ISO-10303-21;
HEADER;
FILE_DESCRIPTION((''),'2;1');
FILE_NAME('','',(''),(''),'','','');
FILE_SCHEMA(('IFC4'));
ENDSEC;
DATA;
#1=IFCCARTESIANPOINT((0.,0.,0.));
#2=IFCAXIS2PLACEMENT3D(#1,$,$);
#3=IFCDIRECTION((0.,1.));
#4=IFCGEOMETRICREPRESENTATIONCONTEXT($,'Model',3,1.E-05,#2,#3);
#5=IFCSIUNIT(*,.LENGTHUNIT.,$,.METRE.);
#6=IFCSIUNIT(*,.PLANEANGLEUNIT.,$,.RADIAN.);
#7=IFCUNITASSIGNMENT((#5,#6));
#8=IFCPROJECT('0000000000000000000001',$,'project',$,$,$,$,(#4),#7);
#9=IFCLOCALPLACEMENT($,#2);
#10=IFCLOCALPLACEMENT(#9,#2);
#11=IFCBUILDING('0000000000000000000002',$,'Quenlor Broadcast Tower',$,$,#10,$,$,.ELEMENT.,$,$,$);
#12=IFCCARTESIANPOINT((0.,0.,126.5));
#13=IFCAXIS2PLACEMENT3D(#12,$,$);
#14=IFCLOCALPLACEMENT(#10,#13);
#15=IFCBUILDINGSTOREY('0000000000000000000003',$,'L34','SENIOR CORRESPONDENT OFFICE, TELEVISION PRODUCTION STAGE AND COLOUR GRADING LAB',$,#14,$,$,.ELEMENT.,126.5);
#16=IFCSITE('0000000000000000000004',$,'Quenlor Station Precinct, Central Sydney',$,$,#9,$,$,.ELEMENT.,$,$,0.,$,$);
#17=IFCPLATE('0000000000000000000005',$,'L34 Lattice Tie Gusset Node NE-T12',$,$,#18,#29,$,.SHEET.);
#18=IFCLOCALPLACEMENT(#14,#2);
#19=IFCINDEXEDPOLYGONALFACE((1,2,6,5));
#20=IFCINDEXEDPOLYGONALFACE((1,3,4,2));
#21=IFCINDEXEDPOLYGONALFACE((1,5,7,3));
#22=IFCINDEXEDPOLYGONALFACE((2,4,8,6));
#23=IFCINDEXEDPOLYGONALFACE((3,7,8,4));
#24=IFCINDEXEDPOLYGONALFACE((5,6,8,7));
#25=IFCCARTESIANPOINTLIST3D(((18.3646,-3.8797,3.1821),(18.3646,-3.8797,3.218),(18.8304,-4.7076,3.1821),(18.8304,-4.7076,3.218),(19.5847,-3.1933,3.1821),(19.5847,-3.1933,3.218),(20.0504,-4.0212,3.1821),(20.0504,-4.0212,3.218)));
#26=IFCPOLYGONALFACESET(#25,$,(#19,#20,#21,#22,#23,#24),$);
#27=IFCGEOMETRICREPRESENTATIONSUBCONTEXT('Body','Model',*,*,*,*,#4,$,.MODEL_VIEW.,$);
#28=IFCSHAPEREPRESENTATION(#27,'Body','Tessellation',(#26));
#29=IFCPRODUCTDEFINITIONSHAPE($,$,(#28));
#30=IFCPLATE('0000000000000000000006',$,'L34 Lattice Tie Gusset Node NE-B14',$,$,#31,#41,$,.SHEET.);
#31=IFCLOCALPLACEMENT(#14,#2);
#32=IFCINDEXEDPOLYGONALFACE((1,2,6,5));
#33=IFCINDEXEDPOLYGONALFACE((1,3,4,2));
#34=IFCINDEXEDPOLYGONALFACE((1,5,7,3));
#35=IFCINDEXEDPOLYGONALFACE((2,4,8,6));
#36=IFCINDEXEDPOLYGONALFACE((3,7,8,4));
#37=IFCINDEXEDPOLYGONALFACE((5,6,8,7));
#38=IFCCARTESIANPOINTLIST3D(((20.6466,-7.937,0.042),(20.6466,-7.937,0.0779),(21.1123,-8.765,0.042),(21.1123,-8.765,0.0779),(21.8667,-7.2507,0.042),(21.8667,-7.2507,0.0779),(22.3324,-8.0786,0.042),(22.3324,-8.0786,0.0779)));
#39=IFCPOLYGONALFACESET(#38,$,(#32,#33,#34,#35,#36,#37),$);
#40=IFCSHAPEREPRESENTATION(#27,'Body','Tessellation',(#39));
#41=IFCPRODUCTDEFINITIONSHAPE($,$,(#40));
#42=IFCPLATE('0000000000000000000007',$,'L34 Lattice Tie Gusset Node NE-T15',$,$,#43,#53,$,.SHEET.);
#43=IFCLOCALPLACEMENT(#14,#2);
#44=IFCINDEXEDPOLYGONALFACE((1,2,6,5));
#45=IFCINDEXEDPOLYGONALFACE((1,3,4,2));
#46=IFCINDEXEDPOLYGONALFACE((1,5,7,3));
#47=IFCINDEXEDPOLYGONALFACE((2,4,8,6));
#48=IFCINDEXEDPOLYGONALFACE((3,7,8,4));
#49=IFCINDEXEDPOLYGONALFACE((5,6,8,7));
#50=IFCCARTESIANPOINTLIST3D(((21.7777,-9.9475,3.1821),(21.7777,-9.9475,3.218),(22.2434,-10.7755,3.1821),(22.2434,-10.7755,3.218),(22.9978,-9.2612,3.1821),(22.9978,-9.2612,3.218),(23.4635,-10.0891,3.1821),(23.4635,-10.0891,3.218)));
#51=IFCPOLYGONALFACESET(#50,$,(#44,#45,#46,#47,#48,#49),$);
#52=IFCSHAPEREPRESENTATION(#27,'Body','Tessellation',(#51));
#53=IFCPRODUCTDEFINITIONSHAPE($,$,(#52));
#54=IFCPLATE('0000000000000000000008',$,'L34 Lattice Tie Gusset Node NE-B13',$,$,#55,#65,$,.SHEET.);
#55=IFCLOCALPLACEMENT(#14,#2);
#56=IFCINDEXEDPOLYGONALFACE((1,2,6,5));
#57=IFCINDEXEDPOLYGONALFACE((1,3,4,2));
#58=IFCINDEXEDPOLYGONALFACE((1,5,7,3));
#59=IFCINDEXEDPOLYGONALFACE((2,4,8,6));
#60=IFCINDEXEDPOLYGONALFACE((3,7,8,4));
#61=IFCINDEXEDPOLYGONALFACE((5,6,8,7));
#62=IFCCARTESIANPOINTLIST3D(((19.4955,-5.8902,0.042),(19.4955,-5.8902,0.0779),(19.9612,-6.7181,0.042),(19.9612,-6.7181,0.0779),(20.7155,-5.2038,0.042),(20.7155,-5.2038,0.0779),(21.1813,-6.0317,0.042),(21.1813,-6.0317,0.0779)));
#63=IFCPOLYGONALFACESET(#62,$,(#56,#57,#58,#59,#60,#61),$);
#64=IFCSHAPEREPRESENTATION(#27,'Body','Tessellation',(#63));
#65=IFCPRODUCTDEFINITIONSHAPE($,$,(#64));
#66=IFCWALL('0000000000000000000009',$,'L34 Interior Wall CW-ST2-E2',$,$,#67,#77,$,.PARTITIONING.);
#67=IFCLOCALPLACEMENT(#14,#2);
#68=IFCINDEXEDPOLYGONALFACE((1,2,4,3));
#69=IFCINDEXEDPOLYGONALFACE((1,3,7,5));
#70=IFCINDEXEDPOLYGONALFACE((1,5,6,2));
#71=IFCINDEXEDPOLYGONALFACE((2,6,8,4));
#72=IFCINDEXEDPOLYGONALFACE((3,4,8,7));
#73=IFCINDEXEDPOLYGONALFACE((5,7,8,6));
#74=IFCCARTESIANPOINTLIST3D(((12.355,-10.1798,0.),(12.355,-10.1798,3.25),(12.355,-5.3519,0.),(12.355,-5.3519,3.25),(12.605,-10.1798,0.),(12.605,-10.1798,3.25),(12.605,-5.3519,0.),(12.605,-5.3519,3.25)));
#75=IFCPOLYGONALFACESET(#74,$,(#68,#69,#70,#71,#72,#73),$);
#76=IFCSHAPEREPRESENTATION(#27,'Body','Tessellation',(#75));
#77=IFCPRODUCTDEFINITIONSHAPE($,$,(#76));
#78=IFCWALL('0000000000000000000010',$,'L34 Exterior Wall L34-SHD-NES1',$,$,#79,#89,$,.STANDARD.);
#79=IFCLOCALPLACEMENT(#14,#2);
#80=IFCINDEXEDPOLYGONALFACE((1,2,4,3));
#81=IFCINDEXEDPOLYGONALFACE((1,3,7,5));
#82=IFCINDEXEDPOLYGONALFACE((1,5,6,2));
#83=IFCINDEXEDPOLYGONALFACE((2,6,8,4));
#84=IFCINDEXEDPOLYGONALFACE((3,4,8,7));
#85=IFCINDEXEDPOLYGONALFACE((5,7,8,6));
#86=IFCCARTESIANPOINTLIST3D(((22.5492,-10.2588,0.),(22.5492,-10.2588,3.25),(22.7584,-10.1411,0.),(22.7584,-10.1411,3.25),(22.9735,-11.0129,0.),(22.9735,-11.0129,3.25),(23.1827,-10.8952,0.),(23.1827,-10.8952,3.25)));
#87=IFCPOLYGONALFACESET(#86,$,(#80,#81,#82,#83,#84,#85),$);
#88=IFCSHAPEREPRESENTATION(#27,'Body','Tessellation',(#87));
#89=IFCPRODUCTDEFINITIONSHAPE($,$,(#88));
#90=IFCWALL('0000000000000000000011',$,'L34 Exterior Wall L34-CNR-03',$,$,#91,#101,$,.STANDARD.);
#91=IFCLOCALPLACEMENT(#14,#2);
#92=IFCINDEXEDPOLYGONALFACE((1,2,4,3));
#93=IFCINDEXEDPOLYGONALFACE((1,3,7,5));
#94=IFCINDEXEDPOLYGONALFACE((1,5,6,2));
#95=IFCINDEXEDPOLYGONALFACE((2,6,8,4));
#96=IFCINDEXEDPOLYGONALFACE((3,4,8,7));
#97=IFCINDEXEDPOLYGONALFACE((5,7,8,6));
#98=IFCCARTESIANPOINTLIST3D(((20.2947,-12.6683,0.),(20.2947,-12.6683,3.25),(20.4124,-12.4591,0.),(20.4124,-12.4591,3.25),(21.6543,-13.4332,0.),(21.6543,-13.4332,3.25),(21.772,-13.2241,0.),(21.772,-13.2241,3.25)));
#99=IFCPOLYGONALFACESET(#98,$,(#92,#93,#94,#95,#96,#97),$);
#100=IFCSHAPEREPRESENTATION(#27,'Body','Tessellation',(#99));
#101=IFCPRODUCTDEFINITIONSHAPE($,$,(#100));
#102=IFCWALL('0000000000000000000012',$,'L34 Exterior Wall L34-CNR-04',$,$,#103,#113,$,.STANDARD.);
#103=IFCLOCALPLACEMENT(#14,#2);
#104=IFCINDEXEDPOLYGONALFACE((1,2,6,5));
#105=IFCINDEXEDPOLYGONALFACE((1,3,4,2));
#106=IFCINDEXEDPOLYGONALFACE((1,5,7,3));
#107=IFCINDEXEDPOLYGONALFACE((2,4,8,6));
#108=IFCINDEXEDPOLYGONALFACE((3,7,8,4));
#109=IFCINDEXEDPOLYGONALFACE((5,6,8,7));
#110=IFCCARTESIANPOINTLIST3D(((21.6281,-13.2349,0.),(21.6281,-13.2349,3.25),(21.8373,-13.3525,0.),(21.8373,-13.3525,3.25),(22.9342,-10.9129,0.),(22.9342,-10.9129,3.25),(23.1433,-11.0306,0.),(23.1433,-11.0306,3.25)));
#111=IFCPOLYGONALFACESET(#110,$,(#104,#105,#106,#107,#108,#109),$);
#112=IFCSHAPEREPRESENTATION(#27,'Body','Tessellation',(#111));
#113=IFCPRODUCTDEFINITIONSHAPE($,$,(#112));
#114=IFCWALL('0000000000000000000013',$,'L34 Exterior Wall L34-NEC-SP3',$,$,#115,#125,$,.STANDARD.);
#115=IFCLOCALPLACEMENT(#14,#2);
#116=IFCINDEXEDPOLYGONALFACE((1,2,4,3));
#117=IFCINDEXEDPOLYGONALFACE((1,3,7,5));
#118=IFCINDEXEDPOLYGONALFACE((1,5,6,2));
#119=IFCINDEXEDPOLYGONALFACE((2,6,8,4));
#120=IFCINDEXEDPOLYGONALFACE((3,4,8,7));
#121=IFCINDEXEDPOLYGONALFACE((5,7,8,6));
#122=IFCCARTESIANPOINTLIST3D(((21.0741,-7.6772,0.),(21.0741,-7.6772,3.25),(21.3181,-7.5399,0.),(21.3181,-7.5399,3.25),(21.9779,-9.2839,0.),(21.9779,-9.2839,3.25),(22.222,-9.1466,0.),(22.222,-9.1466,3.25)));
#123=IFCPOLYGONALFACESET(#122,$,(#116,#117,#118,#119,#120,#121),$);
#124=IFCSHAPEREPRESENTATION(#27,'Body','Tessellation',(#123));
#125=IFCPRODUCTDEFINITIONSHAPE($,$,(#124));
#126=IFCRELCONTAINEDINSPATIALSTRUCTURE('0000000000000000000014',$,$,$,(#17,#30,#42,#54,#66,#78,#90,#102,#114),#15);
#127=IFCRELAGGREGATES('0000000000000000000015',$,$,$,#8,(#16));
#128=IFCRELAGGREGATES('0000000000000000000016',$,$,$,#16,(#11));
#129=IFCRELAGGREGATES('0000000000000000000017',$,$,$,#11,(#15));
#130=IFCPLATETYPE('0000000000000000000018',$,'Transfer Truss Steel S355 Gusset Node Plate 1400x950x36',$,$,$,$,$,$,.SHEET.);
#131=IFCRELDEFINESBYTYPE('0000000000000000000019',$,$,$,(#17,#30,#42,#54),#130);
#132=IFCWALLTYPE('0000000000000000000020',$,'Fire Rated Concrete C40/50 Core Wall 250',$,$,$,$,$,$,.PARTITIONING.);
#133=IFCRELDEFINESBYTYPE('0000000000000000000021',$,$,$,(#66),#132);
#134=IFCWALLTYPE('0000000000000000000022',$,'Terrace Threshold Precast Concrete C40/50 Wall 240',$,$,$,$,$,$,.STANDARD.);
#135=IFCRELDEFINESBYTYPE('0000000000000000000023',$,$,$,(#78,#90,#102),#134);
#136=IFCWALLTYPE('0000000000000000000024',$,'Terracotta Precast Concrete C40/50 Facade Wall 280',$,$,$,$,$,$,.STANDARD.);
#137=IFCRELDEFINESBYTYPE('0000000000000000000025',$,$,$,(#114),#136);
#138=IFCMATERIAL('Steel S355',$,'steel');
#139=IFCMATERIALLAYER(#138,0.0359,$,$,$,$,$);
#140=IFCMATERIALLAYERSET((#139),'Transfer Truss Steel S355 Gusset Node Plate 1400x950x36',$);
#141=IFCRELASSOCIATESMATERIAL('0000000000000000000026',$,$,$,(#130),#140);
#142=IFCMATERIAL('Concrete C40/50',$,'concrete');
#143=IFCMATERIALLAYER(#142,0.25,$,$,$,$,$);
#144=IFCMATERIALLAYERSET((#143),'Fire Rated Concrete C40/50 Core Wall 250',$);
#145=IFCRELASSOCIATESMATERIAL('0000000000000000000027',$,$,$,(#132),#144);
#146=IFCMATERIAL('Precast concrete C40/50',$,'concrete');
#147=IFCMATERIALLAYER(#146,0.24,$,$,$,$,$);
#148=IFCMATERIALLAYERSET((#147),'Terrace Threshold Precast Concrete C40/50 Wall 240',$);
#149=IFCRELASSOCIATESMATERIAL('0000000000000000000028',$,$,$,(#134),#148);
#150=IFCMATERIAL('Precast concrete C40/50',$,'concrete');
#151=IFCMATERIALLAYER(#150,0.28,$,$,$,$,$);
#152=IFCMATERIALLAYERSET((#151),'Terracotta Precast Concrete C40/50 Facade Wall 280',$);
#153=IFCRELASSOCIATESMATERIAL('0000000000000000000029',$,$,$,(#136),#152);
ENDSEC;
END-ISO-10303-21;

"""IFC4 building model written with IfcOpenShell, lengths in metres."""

from ifc_helpers import new_model, si_unit, direction, frame, frame_2d, origin, origin_2d, place, context, subcontext, project, spatial, rectangle, extrude, material, layer, layer_set, type_object, element, save


model = new_model("IFC4")

# Units and contexts
model_context = context("Model", 3, precision=1e-05, world=origin(), true_north=direction((0.0, 1.0)))
body_context = subcontext(model_context, "Body", "Model", "MODEL_VIEW")
ifc_project = project(units=[si_unit("LENGTHUNIT", "METRE"), si_unit("PLANEANGLEUNIT", "RADIAN")], contexts=[model_context])

# Site, building, storey
site_placement = place(None, origin())
site = spatial("IfcSite", under=ifc_project, at=site_placement, Name="Quenlor Station Precinct, Central Sydney", CompositionType="ELEMENT", RefElevation=0.0)
building_placement = place(site_placement, origin())
building = spatial("IfcBuilding", under=site, at=building_placement, Name="Quenlor Broadcast Tower", CompositionType="ELEMENT")
storey_placement = place(building_placement, frame((0.0, 0.0, 126.5)))
storey = spatial("IfcBuildingStorey", under=building, at=storey_placement, Name="L34", Description="SENIOR CORRESPONDENT OFFICE, TELEVISION PRODUCTION STAGE AND COLOUR GRADING LAB", CompositionType="ELEMENT", Elevation=126.5)

# Plates
ifc_material_1 = material(Name="Steel S355", Category="steel")
ifc_layer_1 = layer(ifc_material_1, 0.0359)
ifc_layer_set_1 = layer_set([ifc_layer_1], Name="Transfer Truss Steel S355 Gusset Node Plate 1400x950x36")
plate_type_1 = type_object("IfcPlateType", Name="Transfer Truss Steel S355 Gusset Node Plate 1400x950x36", PredefinedType="SHEET", material=ifc_layer_set_1)
for number, where, z_axis, x_axis, name in (
    (1, (19.2075, -3.9504, 3.1821), (0.0, 0.0, 1.0), (0.871556, 0.490295, 0.0), "L34 Lattice Tie Gusset Node NE-T12"),
    (2, (21.4895, -8.0078, 0.042), (0.0, 0.0, 1.0), (0.871556, 0.490295, 0.0), "L34 Lattice Tie Gusset Node NE-B14"),
    (3, (22.6206, -10.0183, 3.1821), (0.0, 0.0, 1.0), (0.871556, 0.490295, 0.0), "L34 Lattice Tie Gusset Node NE-T15"),
    (4, (20.3384, -5.9609, 0.042), (0.0, 0.0, 1.0), (0.871556, 0.490295, 0.0), "L34 Lattice Tie Gusset Node NE-B13"),
):
    element("IfcPlate", number, at=place(storey_placement, frame(where, z_axis=z_axis, x_axis=x_axis)), inside=storey, type_object=plate_type_1, Name=name, PredefinedType="SHEET", context=body_context, shape_type="SweptSolid", body=[
        extrude(rectangle(XDim=1.3999, YDim=0.95, at=origin_2d()), origin(), (0.0, 0.0, 1.0), 0.0359),
    ])

# Walls
ifc_material_2 = material(Name="Concrete C40/50", Category="concrete")
ifc_layer_2 = layer(ifc_material_2, 0.25)
ifc_layer_set_2 = layer_set([ifc_layer_2], Name="Fire Rated Concrete C40/50 Core Wall 250")
wall_type_1 = type_object("IfcWallType", Name="Fire Rated Concrete C40/50 Core Wall 250", PredefinedType="PARTITIONING", material=ifc_layer_set_2)
wall_1_placement = place(storey_placement, frame((12.48, -10.1799, 0.0), z_axis=(0.0, 0.0, 1.0), x_axis=(0.0, 1.0, 0.0)))
element("IfcWall", 5, at=wall_1_placement, inside=storey, type_object=wall_type_1, Name="L34 Interior Wall CW-ST2-E2", PredefinedType="PARTITIONING", context=body_context, shape_type="SweptSolid", body=[
    extrude(rectangle(XDim=4.8279, YDim=0.25, at=frame_2d((2.4141, 0.0))), origin(), (0.0, 0.0, 1.0), 3.25),
])
ifc_material_3 = material(Name="Precast concrete C40/50", Category="concrete")
ifc_layer_3 = layer(ifc_material_3, 0.24)
ifc_layer_set_3 = layer_set([ifc_layer_3], Name="Terrace Threshold Precast Concrete C40/50 Wall 240")
wall_type_2 = type_object("IfcWallType", Name="Terrace Threshold Precast Concrete C40/50 Wall 240", PredefinedType="STANDARD", material=ifc_layer_set_3)
wall_2_placement = place(storey_placement, frame((22.6538, -10.2, 0.0), z_axis=(0.0, 0.0, 1.0), x_axis=(0.490355, -0.871523, 0.0)))
element("IfcWall", 6, at=wall_2_placement, inside=storey, type_object=wall_type_2, Name="L34 Exterior Wall L34-SHD-NES1", PredefinedType="STANDARD", context=body_context, shape_type="SweptSolid", body=[
    extrude(rectangle(XDim=0.8652, YDim=0.24, at=frame_2d((0.4326, 0.0))), origin(), (0.0, 0.0, 1.0), 3.25),
])
wall_3_placement = place(storey_placement, frame((20.3535, -12.5637, 0.0), z_axis=(0.0, 0.0, 1.0), x_axis=(0.871546, -0.490313, 0.0)))
element("IfcWall", 7, at=wall_3_placement, inside=storey, type_object=wall_type_2, Name="L34 Exterior Wall L34-CNR-03", PredefinedType="STANDARD", context=body_context, shape_type="SweptSolid", body=[
    extrude(rectangle(XDim=1.5601, YDim=0.24, at=frame_2d((0.78, 0.0))), origin(), (0.0, 0.0, 1.0), 3.25),
])
wall_4_placement = place(storey_placement, frame((21.7327, -13.2937, 0.0), z_axis=(0.0, 0.0, 1.0), x_axis=(0.490266, 0.871573, 0.0)))
element("IfcWall", 8, at=wall_4_placement, inside=storey, type_object=wall_type_2, Name="L34 Exterior Wall L34-CNR-04", PredefinedType="STANDARD", context=body_context, shape_type="SweptSolid", body=[
    extrude(rectangle(XDim=2.6641, YDim=0.24, at=frame_2d((1.332, 0.0))), origin(), (0.0, 0.0, 1.0), 3.25),
])
ifc_material_4 = material(Name="Precast concrete C40/50", Category="concrete")
ifc_layer_4 = layer(ifc_material_4, 0.28)
ifc_layer_set_4 = layer_set([ifc_layer_4], Name="Terracotta Precast Concrete C40/50 Facade Wall 280")
wall_type_3 = type_object("IfcWallType", Name="Terracotta Precast Concrete C40/50 Facade Wall 280", PredefinedType="STANDARD", material=ifc_layer_set_4)
wall_5_placement = place(storey_placement, frame((21.196, -7.6084, 0.0), z_axis=(0.0, 0.0, 1.0), x_axis=(0.49028, -0.871565, 0.0)))
element("IfcWall", 9, at=wall_5_placement, inside=storey, type_object=wall_type_3, Name="L34 Exterior Wall L34-NEC-SP3", PredefinedType="STANDARD", context=body_context, shape_type="SweptSolid", body=[
    extrude(rectangle(XDim=1.8435, YDim=0.28, at=frame_2d((0.9219, 0.0))), origin(), (0.0, 0.0, 1.0), 3.25),
])

save(model, "model.ifc")
